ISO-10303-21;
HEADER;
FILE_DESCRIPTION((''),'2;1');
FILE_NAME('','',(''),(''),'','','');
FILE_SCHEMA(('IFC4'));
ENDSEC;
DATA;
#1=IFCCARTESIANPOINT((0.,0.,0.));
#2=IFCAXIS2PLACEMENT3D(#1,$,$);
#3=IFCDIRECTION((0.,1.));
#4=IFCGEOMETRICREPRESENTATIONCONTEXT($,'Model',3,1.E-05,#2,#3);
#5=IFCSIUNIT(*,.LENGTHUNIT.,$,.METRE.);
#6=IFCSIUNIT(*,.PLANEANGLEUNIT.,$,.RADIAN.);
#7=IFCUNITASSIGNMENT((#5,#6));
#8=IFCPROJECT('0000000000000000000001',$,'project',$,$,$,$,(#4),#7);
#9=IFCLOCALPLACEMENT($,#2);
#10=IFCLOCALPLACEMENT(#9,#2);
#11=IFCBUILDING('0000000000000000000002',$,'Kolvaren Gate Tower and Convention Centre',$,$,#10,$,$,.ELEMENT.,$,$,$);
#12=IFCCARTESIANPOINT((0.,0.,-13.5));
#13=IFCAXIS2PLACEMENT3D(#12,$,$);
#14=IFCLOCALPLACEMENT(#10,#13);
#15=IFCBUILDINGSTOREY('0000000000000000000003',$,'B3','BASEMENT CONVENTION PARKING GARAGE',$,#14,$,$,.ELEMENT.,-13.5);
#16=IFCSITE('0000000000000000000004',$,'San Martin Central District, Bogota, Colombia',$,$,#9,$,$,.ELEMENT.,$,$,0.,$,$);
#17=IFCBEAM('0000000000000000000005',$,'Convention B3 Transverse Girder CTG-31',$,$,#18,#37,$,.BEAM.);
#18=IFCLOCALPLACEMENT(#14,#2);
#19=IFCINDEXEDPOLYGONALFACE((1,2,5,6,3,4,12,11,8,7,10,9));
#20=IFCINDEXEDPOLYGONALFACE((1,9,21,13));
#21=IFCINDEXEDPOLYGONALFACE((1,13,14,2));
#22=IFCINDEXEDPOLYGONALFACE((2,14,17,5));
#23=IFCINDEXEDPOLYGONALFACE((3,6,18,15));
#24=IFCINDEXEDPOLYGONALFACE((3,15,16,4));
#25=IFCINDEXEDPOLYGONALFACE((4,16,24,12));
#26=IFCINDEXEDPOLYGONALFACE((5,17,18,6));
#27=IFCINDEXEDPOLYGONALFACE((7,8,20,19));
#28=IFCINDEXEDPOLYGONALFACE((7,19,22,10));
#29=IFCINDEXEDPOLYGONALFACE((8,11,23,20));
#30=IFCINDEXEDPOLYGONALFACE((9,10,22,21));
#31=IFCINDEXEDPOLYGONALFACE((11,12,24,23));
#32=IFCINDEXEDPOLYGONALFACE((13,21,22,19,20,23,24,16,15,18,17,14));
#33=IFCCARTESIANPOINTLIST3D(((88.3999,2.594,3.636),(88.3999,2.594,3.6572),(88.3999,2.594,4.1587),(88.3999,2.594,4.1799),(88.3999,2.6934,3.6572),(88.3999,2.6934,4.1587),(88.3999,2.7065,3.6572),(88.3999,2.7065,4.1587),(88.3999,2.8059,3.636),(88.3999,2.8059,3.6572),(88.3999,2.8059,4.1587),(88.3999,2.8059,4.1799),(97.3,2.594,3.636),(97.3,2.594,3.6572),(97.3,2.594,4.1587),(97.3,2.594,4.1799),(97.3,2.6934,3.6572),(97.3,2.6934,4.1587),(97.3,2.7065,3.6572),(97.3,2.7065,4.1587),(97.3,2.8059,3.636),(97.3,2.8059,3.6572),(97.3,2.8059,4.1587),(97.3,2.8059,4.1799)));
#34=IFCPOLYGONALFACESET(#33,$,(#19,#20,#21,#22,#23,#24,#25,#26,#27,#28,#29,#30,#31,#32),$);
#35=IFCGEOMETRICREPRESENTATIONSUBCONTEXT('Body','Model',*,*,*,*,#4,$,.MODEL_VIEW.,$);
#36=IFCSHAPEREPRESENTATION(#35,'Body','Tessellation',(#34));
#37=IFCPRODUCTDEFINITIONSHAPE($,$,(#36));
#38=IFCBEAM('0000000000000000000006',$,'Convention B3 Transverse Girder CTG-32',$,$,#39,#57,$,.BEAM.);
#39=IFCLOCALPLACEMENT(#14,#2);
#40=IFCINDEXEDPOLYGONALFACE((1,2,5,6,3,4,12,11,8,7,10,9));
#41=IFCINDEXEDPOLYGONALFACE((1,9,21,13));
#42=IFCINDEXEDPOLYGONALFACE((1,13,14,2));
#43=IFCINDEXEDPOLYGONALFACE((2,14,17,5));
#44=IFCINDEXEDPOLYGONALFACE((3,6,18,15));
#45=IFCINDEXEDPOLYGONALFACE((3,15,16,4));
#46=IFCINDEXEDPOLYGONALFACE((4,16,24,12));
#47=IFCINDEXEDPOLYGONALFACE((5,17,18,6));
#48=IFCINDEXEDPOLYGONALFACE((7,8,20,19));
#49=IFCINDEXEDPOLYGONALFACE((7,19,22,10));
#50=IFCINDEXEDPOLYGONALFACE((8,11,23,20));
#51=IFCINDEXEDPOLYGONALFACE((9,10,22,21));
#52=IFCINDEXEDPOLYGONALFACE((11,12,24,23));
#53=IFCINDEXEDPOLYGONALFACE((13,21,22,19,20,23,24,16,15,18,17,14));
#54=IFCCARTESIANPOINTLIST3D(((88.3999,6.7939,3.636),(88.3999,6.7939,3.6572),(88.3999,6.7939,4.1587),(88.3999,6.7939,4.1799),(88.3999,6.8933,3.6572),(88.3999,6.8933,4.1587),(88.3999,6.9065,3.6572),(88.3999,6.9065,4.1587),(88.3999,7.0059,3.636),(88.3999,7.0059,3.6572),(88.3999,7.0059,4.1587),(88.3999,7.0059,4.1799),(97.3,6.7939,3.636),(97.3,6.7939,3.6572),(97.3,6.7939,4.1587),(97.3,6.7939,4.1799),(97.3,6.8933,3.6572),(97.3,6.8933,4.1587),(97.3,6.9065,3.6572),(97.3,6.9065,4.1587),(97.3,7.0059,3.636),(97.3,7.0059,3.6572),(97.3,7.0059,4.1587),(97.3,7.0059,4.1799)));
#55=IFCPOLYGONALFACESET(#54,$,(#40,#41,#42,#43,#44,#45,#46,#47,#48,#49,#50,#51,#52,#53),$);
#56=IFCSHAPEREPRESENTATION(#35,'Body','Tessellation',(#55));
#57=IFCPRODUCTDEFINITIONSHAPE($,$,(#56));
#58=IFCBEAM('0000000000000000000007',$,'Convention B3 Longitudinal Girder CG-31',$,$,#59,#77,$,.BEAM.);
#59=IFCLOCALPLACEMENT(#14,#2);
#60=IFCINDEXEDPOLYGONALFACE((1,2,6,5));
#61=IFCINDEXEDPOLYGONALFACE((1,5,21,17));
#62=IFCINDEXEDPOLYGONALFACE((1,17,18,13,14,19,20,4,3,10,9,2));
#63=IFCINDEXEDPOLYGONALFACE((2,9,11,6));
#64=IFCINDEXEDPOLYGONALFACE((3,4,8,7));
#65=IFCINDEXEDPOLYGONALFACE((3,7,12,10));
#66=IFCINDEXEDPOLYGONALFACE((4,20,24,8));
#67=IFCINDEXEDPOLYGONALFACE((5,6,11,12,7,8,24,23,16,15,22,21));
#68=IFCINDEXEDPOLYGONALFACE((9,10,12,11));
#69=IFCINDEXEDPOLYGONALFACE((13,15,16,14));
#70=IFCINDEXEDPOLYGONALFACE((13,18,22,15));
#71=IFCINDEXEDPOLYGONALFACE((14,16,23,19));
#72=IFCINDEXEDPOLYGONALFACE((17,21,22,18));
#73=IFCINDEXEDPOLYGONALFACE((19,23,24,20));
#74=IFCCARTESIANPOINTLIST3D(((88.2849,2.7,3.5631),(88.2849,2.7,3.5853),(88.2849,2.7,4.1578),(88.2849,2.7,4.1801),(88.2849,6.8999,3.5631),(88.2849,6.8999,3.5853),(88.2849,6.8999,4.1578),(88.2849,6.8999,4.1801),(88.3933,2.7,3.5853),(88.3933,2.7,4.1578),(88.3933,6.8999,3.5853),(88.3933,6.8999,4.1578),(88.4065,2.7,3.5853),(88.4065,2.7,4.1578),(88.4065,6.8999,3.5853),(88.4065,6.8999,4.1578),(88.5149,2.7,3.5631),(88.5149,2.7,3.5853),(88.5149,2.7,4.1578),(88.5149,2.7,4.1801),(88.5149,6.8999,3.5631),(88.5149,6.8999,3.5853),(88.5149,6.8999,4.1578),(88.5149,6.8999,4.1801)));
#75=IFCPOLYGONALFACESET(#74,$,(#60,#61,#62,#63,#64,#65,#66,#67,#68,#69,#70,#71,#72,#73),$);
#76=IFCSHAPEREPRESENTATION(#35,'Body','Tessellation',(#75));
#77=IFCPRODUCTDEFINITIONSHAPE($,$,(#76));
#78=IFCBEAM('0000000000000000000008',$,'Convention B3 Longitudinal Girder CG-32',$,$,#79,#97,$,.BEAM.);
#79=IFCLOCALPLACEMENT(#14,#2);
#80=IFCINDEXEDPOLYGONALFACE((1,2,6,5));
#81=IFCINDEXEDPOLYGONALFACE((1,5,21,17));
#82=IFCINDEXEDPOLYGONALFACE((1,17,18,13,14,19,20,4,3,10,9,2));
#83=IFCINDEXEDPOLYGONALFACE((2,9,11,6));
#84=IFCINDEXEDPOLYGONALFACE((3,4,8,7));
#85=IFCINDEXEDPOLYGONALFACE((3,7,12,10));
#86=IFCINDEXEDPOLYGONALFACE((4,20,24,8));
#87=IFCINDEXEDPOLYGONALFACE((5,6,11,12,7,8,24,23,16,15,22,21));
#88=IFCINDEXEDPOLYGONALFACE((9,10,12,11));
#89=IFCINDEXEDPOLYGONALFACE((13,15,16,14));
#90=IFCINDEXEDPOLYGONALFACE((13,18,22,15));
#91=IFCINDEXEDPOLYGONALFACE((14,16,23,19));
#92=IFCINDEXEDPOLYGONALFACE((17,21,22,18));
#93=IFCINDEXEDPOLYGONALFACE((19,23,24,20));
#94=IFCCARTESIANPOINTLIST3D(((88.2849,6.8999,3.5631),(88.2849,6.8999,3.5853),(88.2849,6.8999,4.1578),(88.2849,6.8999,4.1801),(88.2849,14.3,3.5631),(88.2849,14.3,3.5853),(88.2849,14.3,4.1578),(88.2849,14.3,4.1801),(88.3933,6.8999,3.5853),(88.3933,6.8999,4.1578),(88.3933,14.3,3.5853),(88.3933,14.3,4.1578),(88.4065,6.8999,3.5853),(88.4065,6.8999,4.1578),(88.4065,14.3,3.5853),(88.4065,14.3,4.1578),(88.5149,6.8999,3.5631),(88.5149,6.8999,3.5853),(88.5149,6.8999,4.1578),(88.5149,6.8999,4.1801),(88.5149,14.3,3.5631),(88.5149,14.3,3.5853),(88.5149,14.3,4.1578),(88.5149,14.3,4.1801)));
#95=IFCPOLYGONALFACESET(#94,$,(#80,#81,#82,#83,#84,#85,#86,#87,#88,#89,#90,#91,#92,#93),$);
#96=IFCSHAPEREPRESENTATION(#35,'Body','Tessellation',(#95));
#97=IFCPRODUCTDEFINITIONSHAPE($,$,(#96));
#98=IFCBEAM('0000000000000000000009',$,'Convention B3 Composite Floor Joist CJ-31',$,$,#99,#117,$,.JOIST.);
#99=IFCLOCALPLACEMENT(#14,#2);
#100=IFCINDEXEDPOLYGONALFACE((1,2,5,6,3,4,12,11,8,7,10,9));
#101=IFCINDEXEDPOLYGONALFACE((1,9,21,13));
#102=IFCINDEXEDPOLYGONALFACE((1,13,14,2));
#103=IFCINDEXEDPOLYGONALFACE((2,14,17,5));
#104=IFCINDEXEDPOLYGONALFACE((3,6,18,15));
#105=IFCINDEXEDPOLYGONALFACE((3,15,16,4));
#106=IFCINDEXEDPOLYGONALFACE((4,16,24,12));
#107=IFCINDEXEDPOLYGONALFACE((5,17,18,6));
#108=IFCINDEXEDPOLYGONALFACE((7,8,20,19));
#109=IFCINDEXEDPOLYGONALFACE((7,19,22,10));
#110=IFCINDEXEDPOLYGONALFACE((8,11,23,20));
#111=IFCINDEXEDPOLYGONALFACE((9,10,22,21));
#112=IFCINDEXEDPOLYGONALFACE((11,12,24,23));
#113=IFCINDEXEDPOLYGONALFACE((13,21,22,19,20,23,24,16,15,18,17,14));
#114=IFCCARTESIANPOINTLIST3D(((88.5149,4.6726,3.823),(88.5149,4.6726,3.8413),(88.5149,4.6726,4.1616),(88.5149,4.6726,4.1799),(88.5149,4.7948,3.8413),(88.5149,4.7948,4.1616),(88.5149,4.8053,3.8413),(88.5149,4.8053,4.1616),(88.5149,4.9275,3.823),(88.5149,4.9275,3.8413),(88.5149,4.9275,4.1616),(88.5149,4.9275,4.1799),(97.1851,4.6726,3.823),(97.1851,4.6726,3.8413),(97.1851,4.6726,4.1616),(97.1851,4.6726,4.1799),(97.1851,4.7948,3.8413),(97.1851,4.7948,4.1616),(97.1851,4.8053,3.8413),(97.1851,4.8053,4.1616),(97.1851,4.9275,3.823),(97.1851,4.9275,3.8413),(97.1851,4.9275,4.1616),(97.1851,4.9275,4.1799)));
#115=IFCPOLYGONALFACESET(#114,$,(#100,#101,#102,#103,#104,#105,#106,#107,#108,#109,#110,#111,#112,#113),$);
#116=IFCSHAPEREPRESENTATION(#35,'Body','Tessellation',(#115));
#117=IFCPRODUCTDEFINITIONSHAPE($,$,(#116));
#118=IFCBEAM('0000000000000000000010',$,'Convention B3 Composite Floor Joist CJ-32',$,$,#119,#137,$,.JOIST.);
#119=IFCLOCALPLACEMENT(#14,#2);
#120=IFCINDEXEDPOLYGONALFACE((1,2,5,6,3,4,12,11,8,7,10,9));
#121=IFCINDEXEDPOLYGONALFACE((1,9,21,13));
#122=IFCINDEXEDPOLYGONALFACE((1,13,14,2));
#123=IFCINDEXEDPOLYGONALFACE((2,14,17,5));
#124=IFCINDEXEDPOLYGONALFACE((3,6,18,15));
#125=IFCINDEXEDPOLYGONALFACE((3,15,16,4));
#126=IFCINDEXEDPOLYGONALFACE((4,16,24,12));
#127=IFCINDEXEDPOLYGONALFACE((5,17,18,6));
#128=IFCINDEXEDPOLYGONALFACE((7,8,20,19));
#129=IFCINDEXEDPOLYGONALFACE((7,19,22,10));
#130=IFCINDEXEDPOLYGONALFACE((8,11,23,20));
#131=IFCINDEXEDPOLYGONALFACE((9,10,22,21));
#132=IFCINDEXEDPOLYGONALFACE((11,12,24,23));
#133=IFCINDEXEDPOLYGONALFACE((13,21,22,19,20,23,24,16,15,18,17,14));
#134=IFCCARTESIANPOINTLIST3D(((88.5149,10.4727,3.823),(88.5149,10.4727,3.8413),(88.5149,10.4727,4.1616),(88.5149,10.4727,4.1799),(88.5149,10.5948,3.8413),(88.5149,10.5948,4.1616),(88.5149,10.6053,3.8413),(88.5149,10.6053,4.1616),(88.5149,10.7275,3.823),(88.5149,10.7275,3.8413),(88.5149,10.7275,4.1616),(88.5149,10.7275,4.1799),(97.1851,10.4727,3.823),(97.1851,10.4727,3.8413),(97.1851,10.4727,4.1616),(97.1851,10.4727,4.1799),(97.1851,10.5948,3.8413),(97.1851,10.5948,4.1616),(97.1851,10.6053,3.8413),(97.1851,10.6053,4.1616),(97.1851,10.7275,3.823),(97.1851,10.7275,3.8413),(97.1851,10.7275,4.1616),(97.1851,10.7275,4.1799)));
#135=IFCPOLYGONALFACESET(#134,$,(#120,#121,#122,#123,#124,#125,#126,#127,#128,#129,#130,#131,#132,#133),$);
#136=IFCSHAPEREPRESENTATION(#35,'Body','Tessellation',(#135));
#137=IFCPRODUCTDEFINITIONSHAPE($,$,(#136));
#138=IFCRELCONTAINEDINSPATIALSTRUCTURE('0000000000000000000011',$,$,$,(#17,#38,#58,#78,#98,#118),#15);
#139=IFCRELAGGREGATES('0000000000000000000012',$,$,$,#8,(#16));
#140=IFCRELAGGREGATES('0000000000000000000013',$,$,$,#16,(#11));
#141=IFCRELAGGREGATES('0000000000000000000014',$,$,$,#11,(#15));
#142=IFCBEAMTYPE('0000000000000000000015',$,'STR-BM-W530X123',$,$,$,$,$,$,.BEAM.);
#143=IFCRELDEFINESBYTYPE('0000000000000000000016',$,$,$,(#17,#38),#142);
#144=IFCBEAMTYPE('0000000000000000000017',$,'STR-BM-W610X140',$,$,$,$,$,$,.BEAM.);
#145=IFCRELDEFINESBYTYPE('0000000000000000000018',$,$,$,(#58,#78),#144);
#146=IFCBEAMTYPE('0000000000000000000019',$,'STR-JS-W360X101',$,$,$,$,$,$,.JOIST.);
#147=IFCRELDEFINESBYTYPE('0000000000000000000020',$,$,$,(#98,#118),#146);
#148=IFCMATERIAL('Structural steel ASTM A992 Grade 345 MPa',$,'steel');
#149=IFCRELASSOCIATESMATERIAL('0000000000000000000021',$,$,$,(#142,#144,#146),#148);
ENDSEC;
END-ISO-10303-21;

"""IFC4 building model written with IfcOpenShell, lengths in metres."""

from ifc_helpers import new_model, si_unit, direction, frame, origin, origin_2d, place, context, subcontext, project, spatial, i_section, extrude, material, material_profile, profile_set, type_object, element, save


model = new_model("IFC4")

# Units and contexts
model_context = context("Model", 3, precision=1e-05, world=origin(), true_north=direction((0.0, 1.0)))
body_context = subcontext(model_context, "Body", "Model", "MODEL_VIEW")
ifc_project = project(units=[si_unit("LENGTHUNIT", "METRE"), si_unit("PLANEANGLEUNIT", "RADIAN")], contexts=[model_context])

# Site, building, storey
site_placement = place(None, origin())
site = spatial("IfcSite", under=ifc_project, at=site_placement, Name="San Martin Central District, Bogota, Colombia", CompositionType="ELEMENT", RefElevation=0.0)
building_placement = place(site_placement, origin())
building = spatial("IfcBuilding", under=site, at=building_placement, Name="Kolvaren Gate Tower and Convention Centre", CompositionType="ELEMENT")
storey_placement = place(building_placement, frame((0.0, 0.0, -13.5)))
storey = spatial("IfcBuildingStorey", under=building, at=storey_placement, Name="B3", Description="BASEMENT CONVENTION PARKING GARAGE", CompositionType="ELEMENT", Elevation=-13.5)

# Beams
ifc_material_1 = material(Name="Structural steel ASTM A992 Grade 345 MPa", Category="steel")
ifc_material_profile_1 = material_profile(ifc_material_1, i_section(OverallWidth=0.2119, OverallDepth=0.5439, WebThickness=0.0132, FlangeThickness=0.0212, at=origin_2d()), Name="W530X123")
ifc_profile_set_1 = profile_set([ifc_material_profile_1], Name="Structural steel ASTM A992 Grade 345 MPa")
beam_type_1 = type_object("IfcBeamType", Name="STR-BM-W530X123", PredefinedType="BEAM", material=ifc_profile_set_1)
for number, where, z_axis, x_axis, name in (
    (1, (88.3999, 2.7, 3.908), (1.0, 0.0, 0.0), (0.0, 1.0, 0.0), "Convention B3 Transverse Girder CTG-31"),
    (2, (88.3999, 6.8999, 3.908), (1.0, 0.0, 0.0), (0.0, 1.0, 0.0), "Convention B3 Transverse Girder CTG-32"),
):
    element("IfcBeam", number, at=place(storey_placement, frame(where, z_axis=z_axis, x_axis=x_axis)), inside=storey, type_object=beam_type_1, Name=name, PredefinedType="BEAM", context=body_context, shape_type="SweptSolid", body=[
        extrude(i_section(OverallWidth=0.2119, OverallDepth=0.5439, WebThickness=0.0132, FlangeThickness=0.0212, at=origin_2d()), origin(), (0.0, 0.0, 1.0), 8.9001),
    ])
ifc_material_profile_2 = material_profile(ifc_material_1, i_section(OverallWidth=0.23, OverallDepth=0.6169, WebThickness=0.0132, FlangeThickness=0.0222, at=origin_2d()), Name="W610X140")
ifc_profile_set_2 = profile_set([ifc_material_profile_2], Name="Structural steel ASTM A992 Grade 345 MPa")
beam_type_2 = type_object("IfcBeamType", Name="STR-BM-W610X140", PredefinedType="BEAM", material=ifc_profile_set_2)
beam_1_placement = place(storey_placement, frame((88.3999, 2.7, 3.8716), z_axis=(0.0, 1.0, 0.0), x_axis=(-1.0, 0.0, 0.0)))
element("IfcBeam", 3, at=beam_1_placement, inside=storey, type_object=beam_type_2, Name="Convention B3 Longitudinal Girder CG-31", PredefinedType="BEAM", context=body_context, shape_type="SweptSolid", body=[
    extrude(i_section(OverallWidth=0.23, OverallDepth=0.6169, WebThickness=0.0132, FlangeThickness=0.0222, at=origin_2d()), origin(), (0.0, 0.0, 1.0), 4.2),
])
beam_2_placement = place(storey_placement, frame((88.3999, 6.8999, 3.8716), z_axis=(0.0, 1.0, 0.0), x_axis=(-1.0, 0.0, 0.0)))
element("IfcBeam", 4, at=beam_2_placement, inside=storey, type_object=beam_type_2, Name="Convention B3 Longitudinal Girder CG-32", PredefinedType="BEAM", context=body_context, shape_type="SweptSolid", body=[
    extrude(i_section(OverallWidth=0.23, OverallDepth=0.6169, WebThickness=0.0132, FlangeThickness=0.0222, at=origin_2d()), origin(), (0.0, 0.0, 1.0), 7.4001),
])
ifc_material_profile_3 = material_profile(ifc_material_1, i_section(OverallWidth=0.2549, OverallDepth=0.3569, WebThickness=0.0105, FlangeThickness=0.0183, at=origin_2d()), Name="W360X101")
ifc_profile_set_3 = profile_set([ifc_material_profile_3], Name="Structural steel ASTM A992 Grade 345 MPa")
beam_type_3 = type_object("IfcBeamType", Name="STR-JS-W360X101", PredefinedType="JOIST", material=ifc_profile_set_3)
for number, where, z_axis, x_axis, name in (
    (5, (88.5149, 4.8, 4.0015), (1.0, 0.0, 0.0), (0.0, 1.0, 0.0), "Convention B3 Composite Floor Joist CJ-31"),
    (6, (88.5149, 10.6001, 4.0015), (1.0, 0.0, 0.0), (0.0, 1.0, 0.0), "Convention B3 Composite Floor Joist CJ-32"),
):
    element("IfcBeam", number, at=place(storey_placement, frame(where, z_axis=z_axis, x_axis=x_axis)), inside=storey, type_object=beam_type_3, Name=name, PredefinedType="JOIST", context=body_context, shape_type="SweptSolid", body=[
        extrude(i_section(OverallWidth=0.2549, OverallDepth=0.3569, WebThickness=0.0105, FlangeThickness=0.0183, at=origin_2d()), origin(), (0.0, 0.0, 1.0), 8.6702),
    ])

save(model, "model.ifc")
